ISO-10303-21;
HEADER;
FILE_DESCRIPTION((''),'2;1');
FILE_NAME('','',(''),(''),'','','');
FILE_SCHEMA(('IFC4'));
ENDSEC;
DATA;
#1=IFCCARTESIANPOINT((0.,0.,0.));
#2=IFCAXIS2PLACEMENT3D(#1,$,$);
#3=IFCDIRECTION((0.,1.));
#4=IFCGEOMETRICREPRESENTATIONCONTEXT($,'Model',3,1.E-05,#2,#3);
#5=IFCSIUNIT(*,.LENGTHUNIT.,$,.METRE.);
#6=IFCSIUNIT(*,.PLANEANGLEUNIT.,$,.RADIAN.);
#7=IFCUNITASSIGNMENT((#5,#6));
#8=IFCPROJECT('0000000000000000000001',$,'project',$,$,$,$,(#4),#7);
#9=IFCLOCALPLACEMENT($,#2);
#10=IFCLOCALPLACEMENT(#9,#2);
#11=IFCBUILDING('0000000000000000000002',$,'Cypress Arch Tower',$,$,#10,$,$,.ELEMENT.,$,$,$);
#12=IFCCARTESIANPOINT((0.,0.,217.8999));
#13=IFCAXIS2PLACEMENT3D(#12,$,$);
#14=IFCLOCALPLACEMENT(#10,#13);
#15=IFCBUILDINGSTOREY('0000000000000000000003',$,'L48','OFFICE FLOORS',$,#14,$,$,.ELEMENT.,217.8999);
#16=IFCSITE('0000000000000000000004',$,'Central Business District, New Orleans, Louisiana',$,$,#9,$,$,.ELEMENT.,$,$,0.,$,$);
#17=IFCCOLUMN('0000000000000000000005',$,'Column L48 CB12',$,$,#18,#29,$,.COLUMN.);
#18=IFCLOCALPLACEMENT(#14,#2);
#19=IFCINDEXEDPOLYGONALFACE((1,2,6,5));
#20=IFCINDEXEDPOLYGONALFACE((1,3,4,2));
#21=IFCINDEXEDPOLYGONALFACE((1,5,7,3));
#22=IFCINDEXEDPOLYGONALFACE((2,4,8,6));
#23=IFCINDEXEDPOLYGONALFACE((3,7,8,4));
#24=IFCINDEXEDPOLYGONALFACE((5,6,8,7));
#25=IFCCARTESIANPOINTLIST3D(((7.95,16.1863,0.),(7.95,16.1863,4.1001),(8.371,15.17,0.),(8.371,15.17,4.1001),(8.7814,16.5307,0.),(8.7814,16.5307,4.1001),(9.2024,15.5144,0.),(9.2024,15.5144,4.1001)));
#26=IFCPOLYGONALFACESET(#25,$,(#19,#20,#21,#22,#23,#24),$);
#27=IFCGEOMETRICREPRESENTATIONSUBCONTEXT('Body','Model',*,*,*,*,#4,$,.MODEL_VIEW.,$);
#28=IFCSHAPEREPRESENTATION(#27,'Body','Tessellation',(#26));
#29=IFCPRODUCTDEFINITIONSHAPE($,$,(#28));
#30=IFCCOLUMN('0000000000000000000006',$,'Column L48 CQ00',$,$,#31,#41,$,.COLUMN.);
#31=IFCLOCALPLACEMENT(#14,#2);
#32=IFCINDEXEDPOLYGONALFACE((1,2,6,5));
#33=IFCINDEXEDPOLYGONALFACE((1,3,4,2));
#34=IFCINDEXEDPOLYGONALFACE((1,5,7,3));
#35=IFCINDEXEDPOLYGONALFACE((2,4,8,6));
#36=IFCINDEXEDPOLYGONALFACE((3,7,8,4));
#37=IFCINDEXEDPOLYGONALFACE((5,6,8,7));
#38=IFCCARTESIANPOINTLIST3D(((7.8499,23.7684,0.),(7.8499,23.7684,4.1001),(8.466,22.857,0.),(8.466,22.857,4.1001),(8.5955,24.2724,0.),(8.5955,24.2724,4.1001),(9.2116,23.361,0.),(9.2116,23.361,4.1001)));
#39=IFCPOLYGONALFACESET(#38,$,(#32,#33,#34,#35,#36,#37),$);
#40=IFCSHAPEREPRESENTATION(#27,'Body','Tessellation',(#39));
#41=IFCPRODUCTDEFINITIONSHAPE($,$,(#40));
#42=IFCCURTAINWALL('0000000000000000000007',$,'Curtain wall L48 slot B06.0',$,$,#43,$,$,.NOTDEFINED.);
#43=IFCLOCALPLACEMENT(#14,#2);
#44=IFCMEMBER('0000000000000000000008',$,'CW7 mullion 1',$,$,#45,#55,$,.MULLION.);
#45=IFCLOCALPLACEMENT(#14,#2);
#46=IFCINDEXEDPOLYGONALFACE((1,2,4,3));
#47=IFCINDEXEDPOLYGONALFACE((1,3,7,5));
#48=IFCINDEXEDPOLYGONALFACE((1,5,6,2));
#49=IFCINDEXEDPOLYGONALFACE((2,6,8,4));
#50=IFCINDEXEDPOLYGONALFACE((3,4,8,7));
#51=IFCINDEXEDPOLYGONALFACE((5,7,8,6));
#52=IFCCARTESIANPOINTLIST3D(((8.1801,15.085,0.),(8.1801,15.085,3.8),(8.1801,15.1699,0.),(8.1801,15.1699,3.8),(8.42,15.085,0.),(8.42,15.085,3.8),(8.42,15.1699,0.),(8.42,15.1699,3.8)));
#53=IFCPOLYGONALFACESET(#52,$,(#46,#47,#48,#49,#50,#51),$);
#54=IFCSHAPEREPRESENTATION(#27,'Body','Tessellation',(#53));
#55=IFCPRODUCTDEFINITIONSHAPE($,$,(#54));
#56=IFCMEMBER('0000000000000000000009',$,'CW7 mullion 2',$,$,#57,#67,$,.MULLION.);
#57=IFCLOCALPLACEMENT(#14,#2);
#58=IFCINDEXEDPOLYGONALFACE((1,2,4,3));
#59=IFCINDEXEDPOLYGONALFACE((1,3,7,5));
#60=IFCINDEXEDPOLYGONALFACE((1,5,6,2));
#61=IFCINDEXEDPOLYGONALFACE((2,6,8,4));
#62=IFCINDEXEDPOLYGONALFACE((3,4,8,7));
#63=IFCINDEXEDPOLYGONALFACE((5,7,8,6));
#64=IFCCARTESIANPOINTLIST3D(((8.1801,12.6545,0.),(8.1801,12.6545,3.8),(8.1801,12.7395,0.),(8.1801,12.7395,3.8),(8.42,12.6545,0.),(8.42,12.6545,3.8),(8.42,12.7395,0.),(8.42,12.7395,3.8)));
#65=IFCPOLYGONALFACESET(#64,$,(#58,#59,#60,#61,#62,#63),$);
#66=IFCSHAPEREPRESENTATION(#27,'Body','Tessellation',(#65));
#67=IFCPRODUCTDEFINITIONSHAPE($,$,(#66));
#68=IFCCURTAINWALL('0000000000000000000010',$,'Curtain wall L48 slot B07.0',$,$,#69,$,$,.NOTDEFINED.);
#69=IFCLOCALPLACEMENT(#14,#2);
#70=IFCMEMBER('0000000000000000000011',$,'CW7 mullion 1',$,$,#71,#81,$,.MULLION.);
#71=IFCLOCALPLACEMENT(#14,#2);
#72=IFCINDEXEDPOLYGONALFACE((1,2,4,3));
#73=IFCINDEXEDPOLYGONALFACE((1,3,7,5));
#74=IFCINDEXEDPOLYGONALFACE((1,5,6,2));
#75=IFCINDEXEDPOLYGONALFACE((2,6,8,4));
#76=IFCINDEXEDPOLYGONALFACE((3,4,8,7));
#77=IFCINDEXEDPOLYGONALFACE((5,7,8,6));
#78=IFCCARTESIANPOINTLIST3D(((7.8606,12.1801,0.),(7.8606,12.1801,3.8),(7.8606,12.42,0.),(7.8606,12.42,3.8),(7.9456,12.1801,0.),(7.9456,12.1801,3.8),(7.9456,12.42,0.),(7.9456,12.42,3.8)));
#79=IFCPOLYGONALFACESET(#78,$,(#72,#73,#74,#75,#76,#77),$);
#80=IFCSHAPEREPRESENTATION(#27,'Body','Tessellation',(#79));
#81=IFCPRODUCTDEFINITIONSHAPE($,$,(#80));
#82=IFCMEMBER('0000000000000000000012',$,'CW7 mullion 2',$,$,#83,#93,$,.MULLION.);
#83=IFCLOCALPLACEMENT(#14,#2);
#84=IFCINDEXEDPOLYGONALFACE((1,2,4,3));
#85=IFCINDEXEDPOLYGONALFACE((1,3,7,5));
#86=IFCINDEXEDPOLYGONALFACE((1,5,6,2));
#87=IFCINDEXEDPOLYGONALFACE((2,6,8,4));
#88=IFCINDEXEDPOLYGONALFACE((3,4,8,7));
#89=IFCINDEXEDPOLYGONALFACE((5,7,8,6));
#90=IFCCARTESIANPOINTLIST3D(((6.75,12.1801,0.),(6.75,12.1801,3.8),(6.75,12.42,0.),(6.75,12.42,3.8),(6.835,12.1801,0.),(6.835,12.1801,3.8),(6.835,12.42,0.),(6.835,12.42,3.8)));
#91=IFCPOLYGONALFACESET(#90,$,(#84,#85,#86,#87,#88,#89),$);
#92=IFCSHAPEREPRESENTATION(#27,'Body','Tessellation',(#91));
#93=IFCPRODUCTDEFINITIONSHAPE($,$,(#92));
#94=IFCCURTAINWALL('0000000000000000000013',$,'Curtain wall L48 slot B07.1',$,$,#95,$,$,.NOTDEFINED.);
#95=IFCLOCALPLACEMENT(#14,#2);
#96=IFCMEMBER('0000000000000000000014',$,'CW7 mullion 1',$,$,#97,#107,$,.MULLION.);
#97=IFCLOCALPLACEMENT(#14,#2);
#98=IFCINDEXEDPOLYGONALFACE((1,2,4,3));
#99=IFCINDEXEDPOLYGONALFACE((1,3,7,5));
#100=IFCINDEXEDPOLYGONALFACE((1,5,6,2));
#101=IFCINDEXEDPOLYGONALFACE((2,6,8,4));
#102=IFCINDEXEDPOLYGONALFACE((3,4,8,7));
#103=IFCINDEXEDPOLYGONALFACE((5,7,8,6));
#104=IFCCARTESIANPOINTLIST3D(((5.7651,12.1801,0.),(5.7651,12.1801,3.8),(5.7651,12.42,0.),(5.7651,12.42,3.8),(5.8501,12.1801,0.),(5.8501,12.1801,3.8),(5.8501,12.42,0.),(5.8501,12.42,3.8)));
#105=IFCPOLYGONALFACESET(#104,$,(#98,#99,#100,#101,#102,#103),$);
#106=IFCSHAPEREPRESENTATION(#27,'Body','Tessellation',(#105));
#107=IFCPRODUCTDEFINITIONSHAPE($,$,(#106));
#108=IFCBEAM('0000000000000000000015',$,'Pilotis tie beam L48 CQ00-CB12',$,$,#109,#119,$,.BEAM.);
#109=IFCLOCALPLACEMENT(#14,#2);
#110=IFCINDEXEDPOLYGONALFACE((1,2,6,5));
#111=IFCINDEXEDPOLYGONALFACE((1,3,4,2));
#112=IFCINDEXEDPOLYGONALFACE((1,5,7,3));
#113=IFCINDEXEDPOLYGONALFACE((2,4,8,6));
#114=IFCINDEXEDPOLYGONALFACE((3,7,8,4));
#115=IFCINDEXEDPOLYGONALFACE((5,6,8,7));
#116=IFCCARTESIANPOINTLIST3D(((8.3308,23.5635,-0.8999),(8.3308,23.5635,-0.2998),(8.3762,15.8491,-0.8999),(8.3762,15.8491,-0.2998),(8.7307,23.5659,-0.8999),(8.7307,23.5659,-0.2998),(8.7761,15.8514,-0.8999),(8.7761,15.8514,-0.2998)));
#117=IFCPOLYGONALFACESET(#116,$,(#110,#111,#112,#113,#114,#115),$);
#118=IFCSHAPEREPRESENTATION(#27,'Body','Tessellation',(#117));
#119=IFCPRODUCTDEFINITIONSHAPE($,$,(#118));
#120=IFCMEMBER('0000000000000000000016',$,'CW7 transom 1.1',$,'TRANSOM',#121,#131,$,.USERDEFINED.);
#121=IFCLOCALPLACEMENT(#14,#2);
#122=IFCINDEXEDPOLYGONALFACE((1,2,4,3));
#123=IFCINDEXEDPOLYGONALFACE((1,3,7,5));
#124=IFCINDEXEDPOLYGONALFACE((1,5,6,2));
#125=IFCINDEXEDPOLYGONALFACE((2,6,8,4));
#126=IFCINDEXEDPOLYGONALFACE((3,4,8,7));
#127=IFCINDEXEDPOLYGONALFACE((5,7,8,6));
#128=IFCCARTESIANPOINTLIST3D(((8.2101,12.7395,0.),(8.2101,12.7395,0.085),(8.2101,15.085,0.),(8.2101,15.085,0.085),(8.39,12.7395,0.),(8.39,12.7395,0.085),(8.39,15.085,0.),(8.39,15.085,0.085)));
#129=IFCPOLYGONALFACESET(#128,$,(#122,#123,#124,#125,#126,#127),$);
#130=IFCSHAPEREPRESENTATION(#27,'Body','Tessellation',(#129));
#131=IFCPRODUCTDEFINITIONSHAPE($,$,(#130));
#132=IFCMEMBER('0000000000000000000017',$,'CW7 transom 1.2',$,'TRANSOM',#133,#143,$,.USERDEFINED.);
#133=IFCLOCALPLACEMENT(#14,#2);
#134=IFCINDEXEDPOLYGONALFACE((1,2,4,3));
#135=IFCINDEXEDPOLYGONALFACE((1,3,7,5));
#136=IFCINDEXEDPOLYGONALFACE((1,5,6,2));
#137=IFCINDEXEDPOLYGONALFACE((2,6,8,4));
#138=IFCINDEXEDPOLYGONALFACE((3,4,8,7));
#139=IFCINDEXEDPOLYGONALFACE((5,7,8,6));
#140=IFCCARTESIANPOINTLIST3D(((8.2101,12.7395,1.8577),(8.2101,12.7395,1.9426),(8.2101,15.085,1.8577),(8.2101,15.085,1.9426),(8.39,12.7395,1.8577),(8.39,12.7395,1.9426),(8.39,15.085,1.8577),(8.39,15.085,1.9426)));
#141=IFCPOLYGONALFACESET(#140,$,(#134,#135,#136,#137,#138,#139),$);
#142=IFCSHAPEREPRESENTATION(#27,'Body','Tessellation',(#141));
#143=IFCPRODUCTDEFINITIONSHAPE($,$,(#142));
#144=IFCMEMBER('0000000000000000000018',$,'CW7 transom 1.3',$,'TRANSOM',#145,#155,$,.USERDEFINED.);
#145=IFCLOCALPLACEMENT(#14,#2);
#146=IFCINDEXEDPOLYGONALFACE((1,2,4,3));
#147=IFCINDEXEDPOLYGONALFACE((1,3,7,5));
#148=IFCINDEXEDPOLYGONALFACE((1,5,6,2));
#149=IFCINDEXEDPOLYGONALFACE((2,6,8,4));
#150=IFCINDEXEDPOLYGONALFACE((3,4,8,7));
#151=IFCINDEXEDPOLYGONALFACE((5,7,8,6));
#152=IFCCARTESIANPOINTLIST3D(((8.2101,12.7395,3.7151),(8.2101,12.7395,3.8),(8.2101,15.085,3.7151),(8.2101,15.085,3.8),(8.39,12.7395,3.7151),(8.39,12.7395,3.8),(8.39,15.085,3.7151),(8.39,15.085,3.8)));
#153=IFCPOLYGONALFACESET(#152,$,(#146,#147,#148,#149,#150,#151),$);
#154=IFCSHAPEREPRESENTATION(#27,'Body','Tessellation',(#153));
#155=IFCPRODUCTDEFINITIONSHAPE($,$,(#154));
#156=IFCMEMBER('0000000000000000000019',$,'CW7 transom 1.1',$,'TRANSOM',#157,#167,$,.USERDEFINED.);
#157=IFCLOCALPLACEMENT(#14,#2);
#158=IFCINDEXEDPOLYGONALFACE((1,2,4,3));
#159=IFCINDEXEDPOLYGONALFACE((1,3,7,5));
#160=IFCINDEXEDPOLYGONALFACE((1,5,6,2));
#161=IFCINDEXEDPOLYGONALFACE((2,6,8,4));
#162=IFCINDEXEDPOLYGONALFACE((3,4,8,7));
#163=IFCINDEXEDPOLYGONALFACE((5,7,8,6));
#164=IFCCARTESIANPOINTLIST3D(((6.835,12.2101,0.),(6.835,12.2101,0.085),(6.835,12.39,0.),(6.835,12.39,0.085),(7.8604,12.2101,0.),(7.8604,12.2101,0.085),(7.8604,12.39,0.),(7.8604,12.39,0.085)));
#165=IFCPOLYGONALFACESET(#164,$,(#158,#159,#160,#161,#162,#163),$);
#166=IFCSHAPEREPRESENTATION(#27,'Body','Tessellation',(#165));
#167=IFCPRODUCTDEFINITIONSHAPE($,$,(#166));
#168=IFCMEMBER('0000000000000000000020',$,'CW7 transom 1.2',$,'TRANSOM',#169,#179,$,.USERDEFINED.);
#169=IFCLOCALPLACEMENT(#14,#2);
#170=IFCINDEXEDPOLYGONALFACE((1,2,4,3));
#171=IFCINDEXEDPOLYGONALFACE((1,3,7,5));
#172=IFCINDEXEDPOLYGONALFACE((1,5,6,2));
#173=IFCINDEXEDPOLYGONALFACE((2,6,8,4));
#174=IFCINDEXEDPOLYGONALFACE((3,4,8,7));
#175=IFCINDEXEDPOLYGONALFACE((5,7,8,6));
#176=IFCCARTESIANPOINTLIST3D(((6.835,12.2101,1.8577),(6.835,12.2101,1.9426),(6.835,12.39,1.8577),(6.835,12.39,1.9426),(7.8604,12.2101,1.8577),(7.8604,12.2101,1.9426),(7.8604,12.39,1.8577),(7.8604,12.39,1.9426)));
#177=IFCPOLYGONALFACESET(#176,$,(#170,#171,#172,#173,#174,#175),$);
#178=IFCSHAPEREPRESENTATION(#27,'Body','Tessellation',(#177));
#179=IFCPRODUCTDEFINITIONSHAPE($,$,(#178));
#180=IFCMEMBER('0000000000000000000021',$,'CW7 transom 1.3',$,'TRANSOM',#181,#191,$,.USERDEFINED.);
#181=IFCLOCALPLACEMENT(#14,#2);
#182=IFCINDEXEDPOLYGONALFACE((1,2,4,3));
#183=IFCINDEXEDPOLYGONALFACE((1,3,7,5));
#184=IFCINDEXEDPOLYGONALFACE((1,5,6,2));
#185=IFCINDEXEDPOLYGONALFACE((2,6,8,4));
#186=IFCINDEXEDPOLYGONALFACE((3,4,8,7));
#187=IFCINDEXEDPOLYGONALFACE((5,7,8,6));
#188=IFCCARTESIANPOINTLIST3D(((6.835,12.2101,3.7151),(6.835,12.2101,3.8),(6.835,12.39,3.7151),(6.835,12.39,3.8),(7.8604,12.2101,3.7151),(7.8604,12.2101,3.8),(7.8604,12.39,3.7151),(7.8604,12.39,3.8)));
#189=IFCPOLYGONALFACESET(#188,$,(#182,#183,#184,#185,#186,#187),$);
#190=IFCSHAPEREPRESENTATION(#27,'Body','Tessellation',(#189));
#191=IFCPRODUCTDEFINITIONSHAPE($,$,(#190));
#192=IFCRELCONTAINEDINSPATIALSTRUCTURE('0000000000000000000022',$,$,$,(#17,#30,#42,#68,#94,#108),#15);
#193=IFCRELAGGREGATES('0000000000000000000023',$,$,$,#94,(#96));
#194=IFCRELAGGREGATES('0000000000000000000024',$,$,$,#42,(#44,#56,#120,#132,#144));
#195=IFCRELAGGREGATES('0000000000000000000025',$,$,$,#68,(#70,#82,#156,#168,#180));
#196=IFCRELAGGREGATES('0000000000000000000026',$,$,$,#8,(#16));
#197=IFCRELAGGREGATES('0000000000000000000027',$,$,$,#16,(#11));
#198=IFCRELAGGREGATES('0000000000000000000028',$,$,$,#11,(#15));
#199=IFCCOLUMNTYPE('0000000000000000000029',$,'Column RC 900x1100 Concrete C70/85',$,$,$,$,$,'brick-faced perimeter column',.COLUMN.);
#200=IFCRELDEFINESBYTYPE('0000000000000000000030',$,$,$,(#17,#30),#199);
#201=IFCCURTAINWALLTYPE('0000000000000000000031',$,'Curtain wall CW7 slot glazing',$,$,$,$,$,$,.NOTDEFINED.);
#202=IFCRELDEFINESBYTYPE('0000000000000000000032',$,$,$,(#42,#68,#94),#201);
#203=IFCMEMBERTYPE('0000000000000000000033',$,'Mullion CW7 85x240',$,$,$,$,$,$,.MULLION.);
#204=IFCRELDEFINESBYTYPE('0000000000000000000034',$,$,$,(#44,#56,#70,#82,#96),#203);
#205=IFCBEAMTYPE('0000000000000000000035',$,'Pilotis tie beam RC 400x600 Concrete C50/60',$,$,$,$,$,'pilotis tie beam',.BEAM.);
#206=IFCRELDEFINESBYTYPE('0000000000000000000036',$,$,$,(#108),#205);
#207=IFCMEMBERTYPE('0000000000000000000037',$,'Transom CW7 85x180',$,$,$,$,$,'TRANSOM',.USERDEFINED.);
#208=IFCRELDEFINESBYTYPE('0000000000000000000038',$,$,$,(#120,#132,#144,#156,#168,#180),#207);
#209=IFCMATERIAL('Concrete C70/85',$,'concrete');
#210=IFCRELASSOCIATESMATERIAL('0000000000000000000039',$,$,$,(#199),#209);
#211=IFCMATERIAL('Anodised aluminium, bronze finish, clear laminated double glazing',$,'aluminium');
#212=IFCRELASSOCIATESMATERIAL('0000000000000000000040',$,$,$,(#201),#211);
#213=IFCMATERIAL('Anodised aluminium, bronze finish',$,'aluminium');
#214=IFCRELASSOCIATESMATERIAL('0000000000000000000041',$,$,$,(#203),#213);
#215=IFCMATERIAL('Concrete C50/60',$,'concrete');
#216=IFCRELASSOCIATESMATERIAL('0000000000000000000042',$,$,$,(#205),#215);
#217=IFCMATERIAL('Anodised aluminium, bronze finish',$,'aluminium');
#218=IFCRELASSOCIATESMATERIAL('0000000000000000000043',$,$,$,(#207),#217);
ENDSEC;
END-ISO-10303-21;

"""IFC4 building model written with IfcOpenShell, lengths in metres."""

from ifc_helpers import new_model, si_unit, direction, frame, origin, origin_2d, place, context, subcontext, project, spatial, rectangle, extrude, material, material_profile, profile_set, type_object, element, aggregate, save


model = new_model("IFC4")

# Units and contexts
model_context = context("Model", 3, precision=1e-05, world=origin(), true_north=direction((0.0, 1.0)))
body_context = subcontext(model_context, "Body", "Model", "MODEL_VIEW")
ifc_project = project(units=[si_unit("LENGTHUNIT", "METRE"), si_unit("PLANEANGLEUNIT", "RADIAN")], contexts=[model_context])

# Site, building, storey
site_placement = place(None, origin())
site = spatial("IfcSite", under=ifc_project, at=site_placement, Name="Central Business District, New Orleans, Louisiana", CompositionType="ELEMENT", RefElevation=0.0)
building_placement = place(site_placement, origin())
building = spatial("IfcBuilding", under=site, at=building_placement, Name="Cypress Arch Tower", CompositionType="ELEMENT")
storey_placement = place(building_placement, frame((0.0, 0.0, 217.8999)))
storey = spatial("IfcBuildingStorey", under=building, at=storey_placement, Name="L48", Description="OFFICE FLOORS", CompositionType="ELEMENT", Elevation=217.8999)

# Columns
ifc_material_1 = material(Name="Concrete C70/85", Category="concrete")
ifc_material_profile_1 = material_profile(ifc_material_1, rectangle(XDim=0.8999, YDim=1.1001, at=origin_2d()), Name="RC 900x1100")
ifc_profile_set_1 = profile_set([ifc_material_profile_1], Name="Concrete C70/85")
column_type = type_object("IfcColumnType", Name="Column RC 900x1100 Concrete C70/85", ElementType="brick-faced perimeter column", PredefinedType="COLUMN", material=ifc_profile_set_1)
for number, where, z_axis, x_axis, name in (
    (1, (8.5762, 15.8503, 0.0), (0.0, 0.0, 1.0), (-0.92388, -0.382683, 0.0), "Column L48 CB12"),
    (2, (8.5308, 23.5647, 0.0), (0.0, 0.0, 1.0), (-0.82847, -0.560034, 0.0), "Column L48 CQ00"),
):
    element("IfcColumn", number, at=place(storey_placement, frame(where, z_axis=z_axis, x_axis=x_axis)), inside=storey, type_object=column_type, Name=name, PredefinedType="COLUMN", context=body_context, shape_type="SweptSolid", body=[
        extrude(rectangle(XDim=0.8999, YDim=1.1001, at=origin_2d()), origin(), (0.0, 0.0, 1.0), 4.1001),
    ])

# Curtain walls, members
ifc_material_2 = material(Name="Anodised aluminium, bronze finish, clear laminated double glazing", Category="aluminium")
curtain_wall_type = type_object("IfcCurtainWallType", Name="Curtain wall CW7 slot glazing", PredefinedType="NOTDEFINED", material=ifc_material_2)
curtain_wall_1_placement = place(storey_placement, origin())
curtain_wall_1 = element("IfcCurtainWall", 3, at=curtain_wall_1_placement, inside=storey, type_object=curtain_wall_type, Name="Curtain wall L48 slot B06.0", PredefinedType="NOTDEFINED")
ifc_material_3 = material(Name="Anodised aluminium, bronze finish", Category="aluminium")
ifc_material_profile_2 = material_profile(ifc_material_3, rectangle(XDim=0.24, YDim=0.085, at=origin_2d()), Name="Mullion 85x240")
ifc_profile_set_2 = profile_set([ifc_material_profile_2], Name="Anodised aluminium, bronze finish")
member_type_1 = type_object("IfcMemberType", Name="Mullion CW7 85x240", PredefinedType="MULLION", material=ifc_profile_set_2)
member_1_placement = place(storey_placement, frame((8.3, 15.1274, 0.0), z_axis=(0.0, 0.0, 1.0), x_axis=(1.0, 0.0, 0.0)))
member_1 = element("IfcMember", 4, at=member_1_placement, type_object=member_type_1, Name="CW7 mullion 1", PredefinedType="MULLION", context=body_context, shape_type="SweptSolid", body=[
    extrude(rectangle(XDim=0.24, YDim=0.085, at=origin_2d()), origin(), (0.0, 0.0, 1.0), 3.8),
])
member_2_placement = place(storey_placement, frame((8.3, 12.697, 0.0), z_axis=(0.0, 0.0, 1.0), x_axis=(1.0, 0.0, 0.0)))
member_2 = element("IfcMember", 5, at=member_2_placement, type_object=member_type_1, Name="CW7 mullion 2", PredefinedType="MULLION", context=body_context, shape_type="SweptSolid", body=[
    extrude(rectangle(XDim=0.24, YDim=0.085, at=origin_2d()), origin(), (0.0, 0.0, 1.0), 3.8),
])
curtain_wall_2_placement = place(storey_placement, origin())
curtain_wall_2 = element("IfcCurtainWall", 6, at=curtain_wall_2_placement, inside=storey, type_object=curtain_wall_type, Name="Curtain wall L48 slot B07.0", PredefinedType="NOTDEFINED")
member_3_placement = place(storey_placement, frame((7.9031, 12.3, 0.0), z_axis=(0.0, 0.0, 1.0), x_axis=(0.0, -1.0, 0.0)))
member_3 = element("IfcMember", 7, at=member_3_placement, type_object=member_type_1, Name="CW7 mullion 1", PredefinedType="MULLION", context=body_context, shape_type="SweptSolid", body=[
    extrude(rectangle(XDim=0.24, YDim=0.085, at=origin_2d()), origin(), (0.0, 0.0, 1.0), 3.8),
])
member_4_placement = place(storey_placement, frame((6.7925, 12.3, 0.0), z_axis=(0.0, 0.0, 1.0), x_axis=(0.0, -1.0, 0.0)))
member_4 = element("IfcMember", 8, at=member_4_placement, type_object=member_type_1, Name="CW7 mullion 2", PredefinedType="MULLION", context=body_context, shape_type="SweptSolid", body=[
    extrude(rectangle(XDim=0.24, YDim=0.085, at=origin_2d()), origin(), (0.0, 0.0, 1.0), 3.8),
])

# Curtain wall, member
curtain_wall_3_placement = place(storey_placement, origin())
curtain_wall_3 = element("IfcCurtainWall", 9, at=curtain_wall_3_placement, inside=storey, type_object=curtain_wall_type, Name="Curtain wall L48 slot B07.1", PredefinedType="NOTDEFINED")
member_5_placement = place(storey_placement, frame((5.8076, 12.3, 0.0), z_axis=(0.0, 0.0, 1.0), x_axis=(0.0, -1.0, 0.0)))
member_5 = element("IfcMember", 10, at=member_5_placement, type_object=member_type_1, Name="CW7 mullion 1", PredefinedType="MULLION", context=body_context, shape_type="SweptSolid", body=[
    extrude(rectangle(XDim=0.24, YDim=0.085, at=origin_2d()), origin(), (0.0, 0.0, 1.0), 3.8),
])

# Beam
ifc_material_4 = material(Name="Concrete C50/60", Category="concrete")
ifc_material_profile_3 = material_profile(ifc_material_4, rectangle(XDim=0.3999, YDim=0.6001, at=origin_2d()), Name="RC 400x600")
ifc_profile_set_3 = profile_set([ifc_material_profile_3], Name="Concrete C50/60")
beam_type = type_object("IfcBeamType", Name="Pilotis tie beam RC 400x600 Concrete C50/60", ElementType="pilotis tie beam", PredefinedType="BEAM", material=ifc_profile_set_3)
beam_placement = place(storey_placement, frame((8.5308, 23.5647, -0.5999), z_axis=(0.005886, -0.999983, 0.0), x_axis=(0.999983, 0.005886, 0.0)))
element("IfcBeam", 11, at=beam_placement, inside=storey, type_object=beam_type, Name="Pilotis tie beam L48 CQ00-CB12", PredefinedType="BEAM", context=body_context, shape_type="SweptSolid", body=[
    extrude(rectangle(XDim=0.3999, YDim=0.6001, at=origin_2d()), origin(), (0.0, 0.0, 1.0), 7.7146),
])

# Members
ifc_material_5 = material(Name="Anodised aluminium, bronze finish", Category="aluminium")
ifc_material_profile_4 = material_profile(ifc_material_5, rectangle(XDim=0.1799, YDim=0.085, at=origin_2d()), Name="Transom 85x180")
ifc_profile_set_4 = profile_set([ifc_material_profile_4], Name="Anodised aluminium, bronze finish")
member_type_2 = type_object("IfcMemberType", Name="Transom CW7 85x180", ElementType="TRANSOM", PredefinedType="USERDEFINED", material=ifc_profile_set_4)
member_6_placement = place(storey_placement, frame((8.3, 15.085, 0.0425), z_axis=(0.0, -1.0, 0.0), x_axis=(1.0, 0.0, 0.0)))
member_6 = element("IfcMember", 12, at=member_6_placement, type_object=member_type_2, Name="CW7 transom 1.1", ObjectType="TRANSOM", PredefinedType="USERDEFINED", context=body_context, shape_type="SweptSolid", body=[
    extrude(rectangle(XDim=0.1799, YDim=0.085, at=origin_2d()), origin(), (0.0, 0.0, 1.0), 2.3455),
])
member_7_placement = place(storey_placement, frame((8.3, 15.085, 1.9001), z_axis=(0.0, -1.0, 0.0), x_axis=(1.0, 0.0, 0.0)))
member_7 = element("IfcMember", 13, at=member_7_placement, type_object=member_type_2, Name="CW7 transom 1.2", ObjectType="TRANSOM", PredefinedType="USERDEFINED", context=body_context, shape_type="SweptSolid", body=[
    extrude(rectangle(XDim=0.1799, YDim=0.085, at=origin_2d()), origin(), (0.0, 0.0, 1.0), 2.3455),
])
member_8_placement = place(storey_placement, frame((8.3, 15.085, 3.7576), z_axis=(0.0, -1.0, 0.0), x_axis=(1.0, 0.0, 0.0)))
member_8 = element("IfcMember", 14, at=member_8_placement, type_object=member_type_2, Name="CW7 transom 1.3", ObjectType="TRANSOM", PredefinedType="USERDEFINED", context=body_context, shape_type="SweptSolid", body=[
    extrude(rectangle(XDim=0.1799, YDim=0.085, at=origin_2d()), origin(), (0.0, 0.0, 1.0), 2.3455),
])
member_9_placement = place(storey_placement, frame((7.8604, 12.3, 0.0425), z_axis=(-1.0, 0.0, 0.0), x_axis=(0.0, -1.0, 0.0)))
member_9 = element("IfcMember", 15, at=member_9_placement, type_object=member_type_2, Name="CW7 transom 1.1", ObjectType="TRANSOM", PredefinedType="USERDEFINED", context=body_context, shape_type="SweptSolid", body=[
    extrude(rectangle(XDim=0.1799, YDim=0.085, at=origin_2d()), origin(), (0.0, 0.0, 1.0), 1.0254),
])
member_10_placement = place(storey_placement, frame((7.8604, 12.3, 1.9001), z_axis=(-1.0, 0.0, 0.0), x_axis=(0.0, -1.0, 0.0)))
member_10 = element("IfcMember", 16, at=member_10_placement, type_object=member_type_2, Name="CW7 transom 1.2", ObjectType="TRANSOM", PredefinedType="USERDEFINED", context=body_context, shape_type="SweptSolid", body=[
    extrude(rectangle(XDim=0.1799, YDim=0.085, at=origin_2d()), origin(), (0.0, 0.0, 1.0), 1.0254),
])
member_11_placement = place(storey_placement, frame((7.8604, 12.3, 3.7576), z_axis=(-1.0, 0.0, 0.0), x_axis=(0.0, -1.0, 0.0)))
member_11 = element("IfcMember", 17, at=member_11_placement, type_object=member_type_2, Name="CW7 transom 1.3", ObjectType="TRANSOM", PredefinedType="USERDEFINED", context=body_context, shape_type="SweptSolid", body=[
    extrude(rectangle(XDim=0.1799, YDim=0.085, at=origin_2d()), origin(), (0.0, 0.0, 1.0), 1.0254),
])
aggregate(curtain_wall_3, [member_5])

aggregate(curtain_wall_1, [member_1, member_2, member_6, member_7, member_8])
aggregate(curtain_wall_2, [member_3, member_4, member_9, member_10, member_11])

save(model, "model.ifc")
